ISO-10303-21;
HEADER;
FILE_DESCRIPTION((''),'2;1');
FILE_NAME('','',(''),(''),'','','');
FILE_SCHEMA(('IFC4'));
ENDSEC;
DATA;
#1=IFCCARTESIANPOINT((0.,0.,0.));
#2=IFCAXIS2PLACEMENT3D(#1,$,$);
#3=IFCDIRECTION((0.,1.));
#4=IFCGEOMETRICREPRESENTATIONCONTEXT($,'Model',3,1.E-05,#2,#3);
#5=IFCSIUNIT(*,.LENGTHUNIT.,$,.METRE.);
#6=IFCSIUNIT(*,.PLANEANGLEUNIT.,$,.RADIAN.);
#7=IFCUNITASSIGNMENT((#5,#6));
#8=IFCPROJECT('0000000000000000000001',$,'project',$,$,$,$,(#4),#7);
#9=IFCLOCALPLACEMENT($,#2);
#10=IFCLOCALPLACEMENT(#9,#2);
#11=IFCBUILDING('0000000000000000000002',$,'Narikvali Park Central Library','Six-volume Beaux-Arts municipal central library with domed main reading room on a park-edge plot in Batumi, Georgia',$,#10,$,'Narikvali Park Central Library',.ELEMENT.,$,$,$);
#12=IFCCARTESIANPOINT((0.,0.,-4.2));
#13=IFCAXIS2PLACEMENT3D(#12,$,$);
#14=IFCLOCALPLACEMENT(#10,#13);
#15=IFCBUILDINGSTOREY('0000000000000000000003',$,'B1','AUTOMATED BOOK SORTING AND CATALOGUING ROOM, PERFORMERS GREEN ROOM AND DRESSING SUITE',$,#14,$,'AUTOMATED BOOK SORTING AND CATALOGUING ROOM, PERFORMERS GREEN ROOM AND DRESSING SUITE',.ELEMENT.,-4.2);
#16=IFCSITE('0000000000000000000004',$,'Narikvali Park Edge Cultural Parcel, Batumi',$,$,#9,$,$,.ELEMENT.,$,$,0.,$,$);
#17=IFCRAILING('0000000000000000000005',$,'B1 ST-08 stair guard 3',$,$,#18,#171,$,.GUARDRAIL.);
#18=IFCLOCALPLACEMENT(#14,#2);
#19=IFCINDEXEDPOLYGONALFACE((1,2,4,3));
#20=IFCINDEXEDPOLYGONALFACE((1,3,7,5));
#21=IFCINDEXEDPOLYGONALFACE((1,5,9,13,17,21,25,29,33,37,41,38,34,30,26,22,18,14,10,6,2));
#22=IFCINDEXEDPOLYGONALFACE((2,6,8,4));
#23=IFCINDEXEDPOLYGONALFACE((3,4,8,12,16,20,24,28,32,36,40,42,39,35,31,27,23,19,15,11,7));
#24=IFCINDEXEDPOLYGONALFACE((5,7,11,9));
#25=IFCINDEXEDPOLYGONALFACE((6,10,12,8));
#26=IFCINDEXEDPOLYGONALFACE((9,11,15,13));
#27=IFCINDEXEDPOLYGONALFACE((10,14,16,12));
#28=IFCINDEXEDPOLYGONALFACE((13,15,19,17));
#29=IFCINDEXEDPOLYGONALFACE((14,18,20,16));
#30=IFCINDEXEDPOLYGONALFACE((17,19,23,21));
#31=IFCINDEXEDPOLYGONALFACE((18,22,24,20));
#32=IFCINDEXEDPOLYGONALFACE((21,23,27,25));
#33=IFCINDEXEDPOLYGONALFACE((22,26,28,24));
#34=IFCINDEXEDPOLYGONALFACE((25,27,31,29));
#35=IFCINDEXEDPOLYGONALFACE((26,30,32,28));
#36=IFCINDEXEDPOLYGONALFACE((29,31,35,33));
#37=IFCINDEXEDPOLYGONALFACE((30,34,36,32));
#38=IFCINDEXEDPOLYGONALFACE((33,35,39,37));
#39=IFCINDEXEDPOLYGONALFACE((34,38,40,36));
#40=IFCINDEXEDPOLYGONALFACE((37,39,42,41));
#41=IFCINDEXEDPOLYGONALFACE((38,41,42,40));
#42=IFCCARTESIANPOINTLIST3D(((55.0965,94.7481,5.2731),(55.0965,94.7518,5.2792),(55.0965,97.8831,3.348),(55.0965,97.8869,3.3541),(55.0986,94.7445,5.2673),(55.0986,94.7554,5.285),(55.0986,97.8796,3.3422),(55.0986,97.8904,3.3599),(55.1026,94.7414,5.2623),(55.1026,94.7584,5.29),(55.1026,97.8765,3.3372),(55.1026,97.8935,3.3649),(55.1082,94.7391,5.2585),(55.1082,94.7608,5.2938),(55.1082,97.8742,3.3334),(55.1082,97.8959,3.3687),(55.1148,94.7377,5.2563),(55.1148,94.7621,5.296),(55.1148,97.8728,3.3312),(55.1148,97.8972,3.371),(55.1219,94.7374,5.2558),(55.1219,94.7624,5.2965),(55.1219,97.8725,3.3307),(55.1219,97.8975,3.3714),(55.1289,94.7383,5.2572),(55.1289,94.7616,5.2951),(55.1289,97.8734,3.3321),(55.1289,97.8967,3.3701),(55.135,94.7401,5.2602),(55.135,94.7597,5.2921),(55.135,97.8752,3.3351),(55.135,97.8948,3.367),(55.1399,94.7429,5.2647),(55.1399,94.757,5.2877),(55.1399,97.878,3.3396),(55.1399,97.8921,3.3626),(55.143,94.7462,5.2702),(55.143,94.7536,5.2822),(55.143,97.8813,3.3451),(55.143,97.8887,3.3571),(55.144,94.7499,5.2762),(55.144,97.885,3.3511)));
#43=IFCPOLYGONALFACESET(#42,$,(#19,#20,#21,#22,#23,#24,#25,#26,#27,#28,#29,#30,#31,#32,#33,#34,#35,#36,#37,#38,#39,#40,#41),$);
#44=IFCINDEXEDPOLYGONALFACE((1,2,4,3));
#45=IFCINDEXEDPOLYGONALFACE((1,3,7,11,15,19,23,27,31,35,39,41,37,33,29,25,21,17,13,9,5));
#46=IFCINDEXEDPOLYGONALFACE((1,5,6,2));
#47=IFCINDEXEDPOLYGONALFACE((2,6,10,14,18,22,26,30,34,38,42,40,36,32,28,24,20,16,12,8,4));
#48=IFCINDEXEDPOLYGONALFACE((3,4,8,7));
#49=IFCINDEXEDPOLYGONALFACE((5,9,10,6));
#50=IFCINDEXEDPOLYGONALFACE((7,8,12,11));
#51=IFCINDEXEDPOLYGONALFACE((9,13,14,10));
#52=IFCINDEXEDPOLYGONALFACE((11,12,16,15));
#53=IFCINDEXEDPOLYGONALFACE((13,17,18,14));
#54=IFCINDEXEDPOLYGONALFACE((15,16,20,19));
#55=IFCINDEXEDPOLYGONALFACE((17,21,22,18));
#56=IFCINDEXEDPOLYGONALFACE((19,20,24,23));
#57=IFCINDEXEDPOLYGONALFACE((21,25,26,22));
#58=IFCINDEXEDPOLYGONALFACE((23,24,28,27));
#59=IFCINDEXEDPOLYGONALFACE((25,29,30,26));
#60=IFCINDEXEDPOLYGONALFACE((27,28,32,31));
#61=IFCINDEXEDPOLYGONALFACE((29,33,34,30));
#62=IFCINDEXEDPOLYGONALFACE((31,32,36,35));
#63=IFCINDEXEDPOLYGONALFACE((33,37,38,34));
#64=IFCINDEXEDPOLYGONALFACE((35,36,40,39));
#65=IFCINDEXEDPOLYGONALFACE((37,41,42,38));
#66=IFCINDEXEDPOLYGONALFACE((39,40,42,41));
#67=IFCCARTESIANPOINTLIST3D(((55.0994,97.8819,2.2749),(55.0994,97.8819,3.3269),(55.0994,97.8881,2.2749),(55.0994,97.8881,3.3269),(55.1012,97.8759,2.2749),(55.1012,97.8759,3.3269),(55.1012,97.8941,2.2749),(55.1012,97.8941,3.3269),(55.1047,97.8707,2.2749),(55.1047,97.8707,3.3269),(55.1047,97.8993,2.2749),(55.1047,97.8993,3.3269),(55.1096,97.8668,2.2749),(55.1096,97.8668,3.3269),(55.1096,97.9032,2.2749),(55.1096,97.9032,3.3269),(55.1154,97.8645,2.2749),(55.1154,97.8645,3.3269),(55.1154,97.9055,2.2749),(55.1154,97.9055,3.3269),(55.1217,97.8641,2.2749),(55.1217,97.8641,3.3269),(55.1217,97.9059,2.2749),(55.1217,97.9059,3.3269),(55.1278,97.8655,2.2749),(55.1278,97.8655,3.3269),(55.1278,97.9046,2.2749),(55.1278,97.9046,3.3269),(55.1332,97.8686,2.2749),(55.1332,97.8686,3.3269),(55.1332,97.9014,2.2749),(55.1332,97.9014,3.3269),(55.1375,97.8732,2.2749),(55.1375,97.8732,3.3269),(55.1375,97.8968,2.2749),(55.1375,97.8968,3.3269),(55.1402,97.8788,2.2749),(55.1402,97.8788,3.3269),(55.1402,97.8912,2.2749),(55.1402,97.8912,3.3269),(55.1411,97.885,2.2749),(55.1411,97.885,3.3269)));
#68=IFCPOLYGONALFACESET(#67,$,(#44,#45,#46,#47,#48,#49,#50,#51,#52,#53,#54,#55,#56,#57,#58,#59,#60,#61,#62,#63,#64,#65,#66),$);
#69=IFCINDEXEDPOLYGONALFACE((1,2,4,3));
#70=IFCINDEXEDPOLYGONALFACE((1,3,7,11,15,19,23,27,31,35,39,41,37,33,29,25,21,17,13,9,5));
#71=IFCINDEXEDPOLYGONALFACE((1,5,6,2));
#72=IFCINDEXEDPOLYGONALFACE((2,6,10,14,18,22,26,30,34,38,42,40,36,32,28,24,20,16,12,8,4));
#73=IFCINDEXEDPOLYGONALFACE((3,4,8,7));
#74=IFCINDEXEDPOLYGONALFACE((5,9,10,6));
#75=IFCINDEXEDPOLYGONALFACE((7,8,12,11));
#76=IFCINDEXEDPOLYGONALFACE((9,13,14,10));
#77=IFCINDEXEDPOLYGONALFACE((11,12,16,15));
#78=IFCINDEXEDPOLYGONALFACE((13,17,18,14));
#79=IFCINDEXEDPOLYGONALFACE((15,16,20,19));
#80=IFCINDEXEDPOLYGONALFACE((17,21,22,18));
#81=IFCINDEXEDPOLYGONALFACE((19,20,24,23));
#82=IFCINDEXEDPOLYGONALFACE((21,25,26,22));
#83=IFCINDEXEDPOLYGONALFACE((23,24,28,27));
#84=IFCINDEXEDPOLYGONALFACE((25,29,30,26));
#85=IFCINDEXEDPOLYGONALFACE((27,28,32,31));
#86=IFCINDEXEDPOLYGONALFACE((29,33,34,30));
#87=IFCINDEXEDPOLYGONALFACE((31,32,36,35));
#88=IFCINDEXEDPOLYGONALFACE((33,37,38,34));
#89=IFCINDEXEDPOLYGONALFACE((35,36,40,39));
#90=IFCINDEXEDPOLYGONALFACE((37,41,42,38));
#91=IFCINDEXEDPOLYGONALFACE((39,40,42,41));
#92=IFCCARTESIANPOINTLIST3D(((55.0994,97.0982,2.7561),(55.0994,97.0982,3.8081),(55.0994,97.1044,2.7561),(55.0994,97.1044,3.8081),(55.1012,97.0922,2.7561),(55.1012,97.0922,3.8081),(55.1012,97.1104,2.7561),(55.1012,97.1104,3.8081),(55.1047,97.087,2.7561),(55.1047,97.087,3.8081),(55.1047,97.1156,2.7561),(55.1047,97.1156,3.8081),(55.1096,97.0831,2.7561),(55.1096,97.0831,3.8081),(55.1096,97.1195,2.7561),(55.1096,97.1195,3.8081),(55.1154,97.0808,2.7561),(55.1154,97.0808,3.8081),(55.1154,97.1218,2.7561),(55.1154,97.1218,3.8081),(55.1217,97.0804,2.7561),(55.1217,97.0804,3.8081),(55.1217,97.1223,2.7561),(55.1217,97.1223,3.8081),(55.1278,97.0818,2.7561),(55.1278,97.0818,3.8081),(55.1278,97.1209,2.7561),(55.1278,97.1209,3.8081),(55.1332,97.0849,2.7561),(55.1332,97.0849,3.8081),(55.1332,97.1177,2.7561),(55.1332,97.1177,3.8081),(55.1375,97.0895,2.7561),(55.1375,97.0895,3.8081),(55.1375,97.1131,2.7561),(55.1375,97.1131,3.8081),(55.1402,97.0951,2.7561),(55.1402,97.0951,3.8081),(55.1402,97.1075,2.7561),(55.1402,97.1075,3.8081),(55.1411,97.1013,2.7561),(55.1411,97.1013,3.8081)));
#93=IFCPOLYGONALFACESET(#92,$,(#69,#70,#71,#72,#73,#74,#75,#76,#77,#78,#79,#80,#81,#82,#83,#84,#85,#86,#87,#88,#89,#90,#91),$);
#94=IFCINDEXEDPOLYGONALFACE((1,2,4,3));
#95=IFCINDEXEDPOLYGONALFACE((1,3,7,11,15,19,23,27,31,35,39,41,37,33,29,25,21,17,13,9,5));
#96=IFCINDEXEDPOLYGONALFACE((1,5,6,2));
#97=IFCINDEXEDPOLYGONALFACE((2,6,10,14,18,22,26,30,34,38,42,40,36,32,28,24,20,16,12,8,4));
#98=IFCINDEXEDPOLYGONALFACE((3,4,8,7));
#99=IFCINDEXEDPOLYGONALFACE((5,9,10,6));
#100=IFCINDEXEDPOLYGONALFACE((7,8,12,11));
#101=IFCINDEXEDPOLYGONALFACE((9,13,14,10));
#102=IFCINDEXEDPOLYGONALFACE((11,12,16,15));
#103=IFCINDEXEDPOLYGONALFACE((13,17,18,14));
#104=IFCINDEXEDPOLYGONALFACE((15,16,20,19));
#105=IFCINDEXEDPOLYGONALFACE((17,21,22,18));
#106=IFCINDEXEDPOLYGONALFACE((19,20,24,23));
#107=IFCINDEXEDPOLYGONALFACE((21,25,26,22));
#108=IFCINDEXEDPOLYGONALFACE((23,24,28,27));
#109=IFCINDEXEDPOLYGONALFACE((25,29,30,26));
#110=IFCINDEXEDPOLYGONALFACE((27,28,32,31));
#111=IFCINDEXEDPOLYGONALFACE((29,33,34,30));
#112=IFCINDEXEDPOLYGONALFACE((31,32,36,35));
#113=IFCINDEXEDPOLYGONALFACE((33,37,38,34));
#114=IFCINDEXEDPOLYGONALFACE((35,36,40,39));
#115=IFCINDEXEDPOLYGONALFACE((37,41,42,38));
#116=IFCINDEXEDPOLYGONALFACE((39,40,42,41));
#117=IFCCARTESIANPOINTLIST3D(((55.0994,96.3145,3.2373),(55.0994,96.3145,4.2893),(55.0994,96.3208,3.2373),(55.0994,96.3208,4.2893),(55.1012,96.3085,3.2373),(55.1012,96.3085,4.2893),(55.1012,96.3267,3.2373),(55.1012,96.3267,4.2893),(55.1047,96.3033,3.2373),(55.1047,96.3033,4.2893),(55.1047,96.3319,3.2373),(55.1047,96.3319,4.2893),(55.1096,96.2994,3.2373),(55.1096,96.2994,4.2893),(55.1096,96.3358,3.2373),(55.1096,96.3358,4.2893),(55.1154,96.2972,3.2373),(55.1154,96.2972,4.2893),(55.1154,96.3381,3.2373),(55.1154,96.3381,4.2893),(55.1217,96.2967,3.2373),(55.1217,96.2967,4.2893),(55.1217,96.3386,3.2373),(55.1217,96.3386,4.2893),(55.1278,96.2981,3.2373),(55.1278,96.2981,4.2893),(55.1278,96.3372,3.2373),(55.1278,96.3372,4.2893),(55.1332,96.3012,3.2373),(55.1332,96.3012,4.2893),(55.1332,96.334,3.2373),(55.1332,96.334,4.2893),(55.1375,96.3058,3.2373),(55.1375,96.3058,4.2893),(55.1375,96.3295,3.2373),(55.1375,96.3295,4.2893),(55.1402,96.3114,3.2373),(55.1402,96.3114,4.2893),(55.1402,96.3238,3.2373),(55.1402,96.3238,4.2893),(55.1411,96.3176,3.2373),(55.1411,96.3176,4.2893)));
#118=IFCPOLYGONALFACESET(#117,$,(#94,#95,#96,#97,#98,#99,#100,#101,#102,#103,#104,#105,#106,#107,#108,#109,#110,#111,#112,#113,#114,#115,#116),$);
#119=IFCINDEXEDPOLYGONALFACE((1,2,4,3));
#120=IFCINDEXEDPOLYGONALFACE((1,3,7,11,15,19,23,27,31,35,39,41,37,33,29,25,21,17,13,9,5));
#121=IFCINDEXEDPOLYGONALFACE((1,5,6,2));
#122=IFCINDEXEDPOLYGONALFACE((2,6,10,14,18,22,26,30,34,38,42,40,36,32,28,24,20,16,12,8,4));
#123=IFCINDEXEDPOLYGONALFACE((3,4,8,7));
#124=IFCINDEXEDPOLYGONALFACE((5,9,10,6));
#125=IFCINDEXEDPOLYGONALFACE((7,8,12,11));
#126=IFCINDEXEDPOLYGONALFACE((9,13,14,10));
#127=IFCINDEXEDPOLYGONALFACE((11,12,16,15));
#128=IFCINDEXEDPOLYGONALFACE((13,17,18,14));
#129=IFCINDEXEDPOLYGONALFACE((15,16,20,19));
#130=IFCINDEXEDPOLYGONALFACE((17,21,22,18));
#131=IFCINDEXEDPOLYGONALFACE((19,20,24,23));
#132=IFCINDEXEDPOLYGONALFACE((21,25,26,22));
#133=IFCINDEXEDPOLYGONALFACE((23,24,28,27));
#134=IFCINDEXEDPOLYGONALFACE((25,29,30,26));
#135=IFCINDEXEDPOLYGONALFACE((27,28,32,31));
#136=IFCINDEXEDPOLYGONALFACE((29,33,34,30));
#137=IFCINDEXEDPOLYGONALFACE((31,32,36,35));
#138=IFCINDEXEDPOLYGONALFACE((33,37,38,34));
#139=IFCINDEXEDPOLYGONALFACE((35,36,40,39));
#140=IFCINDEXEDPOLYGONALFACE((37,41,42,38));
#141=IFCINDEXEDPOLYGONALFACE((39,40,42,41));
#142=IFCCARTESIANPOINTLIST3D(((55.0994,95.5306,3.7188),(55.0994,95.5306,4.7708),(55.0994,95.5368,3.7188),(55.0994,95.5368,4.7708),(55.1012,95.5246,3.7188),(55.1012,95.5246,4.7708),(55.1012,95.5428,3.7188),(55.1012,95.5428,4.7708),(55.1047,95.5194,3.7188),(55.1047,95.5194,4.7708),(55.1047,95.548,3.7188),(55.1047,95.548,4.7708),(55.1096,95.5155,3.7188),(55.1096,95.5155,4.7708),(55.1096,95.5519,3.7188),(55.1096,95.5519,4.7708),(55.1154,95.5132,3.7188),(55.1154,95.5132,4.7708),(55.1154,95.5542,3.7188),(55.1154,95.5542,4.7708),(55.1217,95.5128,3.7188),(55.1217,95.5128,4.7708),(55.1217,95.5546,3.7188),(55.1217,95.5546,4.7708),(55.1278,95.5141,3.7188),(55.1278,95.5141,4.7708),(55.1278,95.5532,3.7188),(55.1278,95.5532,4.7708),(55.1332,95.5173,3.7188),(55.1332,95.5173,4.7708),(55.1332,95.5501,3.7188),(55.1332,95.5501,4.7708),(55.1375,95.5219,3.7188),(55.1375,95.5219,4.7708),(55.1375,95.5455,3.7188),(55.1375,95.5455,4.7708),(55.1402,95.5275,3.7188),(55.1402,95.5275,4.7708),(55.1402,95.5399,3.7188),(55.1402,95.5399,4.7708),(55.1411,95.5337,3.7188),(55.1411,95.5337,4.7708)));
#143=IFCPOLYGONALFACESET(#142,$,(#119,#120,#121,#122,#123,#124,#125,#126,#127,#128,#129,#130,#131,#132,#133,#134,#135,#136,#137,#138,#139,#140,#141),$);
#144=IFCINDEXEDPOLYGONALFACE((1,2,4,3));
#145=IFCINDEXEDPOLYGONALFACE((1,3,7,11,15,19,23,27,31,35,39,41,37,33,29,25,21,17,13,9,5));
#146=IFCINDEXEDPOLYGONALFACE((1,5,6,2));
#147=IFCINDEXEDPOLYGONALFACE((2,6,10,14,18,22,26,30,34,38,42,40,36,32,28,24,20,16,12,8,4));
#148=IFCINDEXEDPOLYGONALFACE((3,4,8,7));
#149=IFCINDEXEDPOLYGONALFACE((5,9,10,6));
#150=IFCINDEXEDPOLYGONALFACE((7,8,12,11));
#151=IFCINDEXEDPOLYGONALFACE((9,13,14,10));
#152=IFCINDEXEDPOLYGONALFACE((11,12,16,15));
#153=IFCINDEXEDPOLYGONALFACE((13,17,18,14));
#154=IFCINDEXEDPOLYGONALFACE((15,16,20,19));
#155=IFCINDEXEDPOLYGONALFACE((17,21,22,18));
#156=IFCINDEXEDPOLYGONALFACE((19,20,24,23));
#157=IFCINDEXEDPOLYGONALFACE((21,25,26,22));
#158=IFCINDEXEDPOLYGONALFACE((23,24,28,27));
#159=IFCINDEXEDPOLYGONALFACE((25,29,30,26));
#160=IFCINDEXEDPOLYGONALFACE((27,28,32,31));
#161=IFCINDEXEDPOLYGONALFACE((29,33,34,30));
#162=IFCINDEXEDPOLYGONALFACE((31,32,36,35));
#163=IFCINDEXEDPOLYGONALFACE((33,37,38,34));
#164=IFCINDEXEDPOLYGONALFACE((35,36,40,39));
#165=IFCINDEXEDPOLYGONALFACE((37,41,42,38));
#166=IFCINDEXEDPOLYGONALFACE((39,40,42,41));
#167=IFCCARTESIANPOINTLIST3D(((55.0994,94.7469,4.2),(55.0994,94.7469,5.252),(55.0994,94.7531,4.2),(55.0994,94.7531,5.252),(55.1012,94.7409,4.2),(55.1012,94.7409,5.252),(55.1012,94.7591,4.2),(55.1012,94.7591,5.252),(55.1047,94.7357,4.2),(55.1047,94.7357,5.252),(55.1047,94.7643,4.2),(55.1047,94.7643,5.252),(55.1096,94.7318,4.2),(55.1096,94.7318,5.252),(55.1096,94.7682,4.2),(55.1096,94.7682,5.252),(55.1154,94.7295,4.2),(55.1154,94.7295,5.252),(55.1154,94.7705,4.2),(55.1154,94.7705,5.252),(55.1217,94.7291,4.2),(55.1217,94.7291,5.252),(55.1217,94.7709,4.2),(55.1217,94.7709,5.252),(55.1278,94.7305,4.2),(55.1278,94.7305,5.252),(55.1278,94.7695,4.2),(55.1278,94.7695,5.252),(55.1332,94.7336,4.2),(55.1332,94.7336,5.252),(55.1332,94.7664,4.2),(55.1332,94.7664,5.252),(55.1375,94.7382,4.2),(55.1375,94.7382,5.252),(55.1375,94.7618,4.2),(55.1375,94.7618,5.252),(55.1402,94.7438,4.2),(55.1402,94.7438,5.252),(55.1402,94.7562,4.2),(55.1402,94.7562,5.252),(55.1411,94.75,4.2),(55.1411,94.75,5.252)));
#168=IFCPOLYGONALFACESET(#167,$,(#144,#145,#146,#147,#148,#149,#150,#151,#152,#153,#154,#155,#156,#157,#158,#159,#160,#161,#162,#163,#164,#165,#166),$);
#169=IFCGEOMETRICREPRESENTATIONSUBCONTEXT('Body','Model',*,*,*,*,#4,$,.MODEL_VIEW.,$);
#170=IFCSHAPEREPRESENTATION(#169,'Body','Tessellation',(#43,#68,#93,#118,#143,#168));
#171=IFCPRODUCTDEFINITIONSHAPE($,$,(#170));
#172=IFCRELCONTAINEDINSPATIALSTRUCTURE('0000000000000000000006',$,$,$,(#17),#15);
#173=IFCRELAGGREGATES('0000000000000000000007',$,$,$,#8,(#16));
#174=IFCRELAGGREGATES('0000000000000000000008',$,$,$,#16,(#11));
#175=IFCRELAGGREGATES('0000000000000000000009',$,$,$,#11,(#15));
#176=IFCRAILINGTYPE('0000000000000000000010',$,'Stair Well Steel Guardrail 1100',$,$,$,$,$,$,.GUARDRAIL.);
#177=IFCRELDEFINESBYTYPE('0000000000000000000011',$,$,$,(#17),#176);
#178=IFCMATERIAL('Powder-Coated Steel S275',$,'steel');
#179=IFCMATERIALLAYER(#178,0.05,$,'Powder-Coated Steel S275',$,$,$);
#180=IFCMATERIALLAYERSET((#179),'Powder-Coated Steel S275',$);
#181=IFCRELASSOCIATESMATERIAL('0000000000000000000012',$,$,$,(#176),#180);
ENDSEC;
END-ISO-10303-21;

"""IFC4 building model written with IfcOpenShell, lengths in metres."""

from ifc_helpers import new_model, si_unit, direction, frame, origin, origin_2d, place, context, subcontext, project, spatial, circle, extrude, material, layer, layer_set, type_object, element, save


model = new_model("IFC4")

# Units and contexts
model_context = context("Model", 3, precision=1e-05, world=origin(), true_north=direction((0.0, 1.0)))
body_context = subcontext(model_context, "Body", "Model", "MODEL_VIEW")
ifc_project = project(units=[si_unit("LENGTHUNIT", "METRE"), si_unit("PLANEANGLEUNIT", "RADIAN")], contexts=[model_context])

# Site, building, storey
site_placement = place(None, origin())
site = spatial("IfcSite", under=ifc_project, at=site_placement, Name="Narikvali Park Edge Cultural Parcel, Batumi", CompositionType="ELEMENT", RefElevation=0.0)
building_placement = place(site_placement, origin())
building = spatial("IfcBuilding", under=site, at=building_placement, Name="Narikvali Park Central Library", Description="Six-volume Beaux-Arts municipal central library with domed main reading room on a park-edge plot in Batumi, Georgia", LongName="Narikvali Park Central Library", CompositionType="ELEMENT")
storey_placement = place(building_placement, frame((0.0, 0.0, -4.2)))
storey = spatial("IfcBuildingStorey", under=building, at=storey_placement, Name="B1", Description="AUTOMATED BOOK SORTING AND CATALOGUING ROOM, PERFORMERS GREEN ROOM AND DRESSING SUITE", LongName="AUTOMATED BOOK SORTING AND CATALOGUING ROOM, PERFORMERS GREEN ROOM AND DRESSING SUITE", CompositionType="ELEMENT", Elevation=-4.2)

# Railing
ifc_material_1 = material(Name="Powder-Coated Steel S275", Category="steel")
ifc_layer_1 = layer(ifc_material_1, 0.05, Name="Powder-Coated Steel S275")
ifc_layer_set_1 = layer_set([ifc_layer_1], Name="Powder-Coated Steel S275")
railing_type_1 = type_object("IfcRailingType", Name="Stair Well Steel Guardrail 1100", PredefinedType="GUARDRAIL", material=ifc_layer_set_1)
railing_1_placement = place(storey_placement, frame((55.1201, 97.885, 2.2749)))
element("IfcRailing", 1, at=railing_1_placement, inside=storey, type_object=railing_type_1, Name="B1 ST-08 stair guard 3", PredefinedType="GUARDRAIL", context=body_context, shape_type="SweptSolid", body=[
    extrude(circle(Radius=0.0239, at=origin_2d()), frame((0.0, 0.0, 1.0762), z_axis=(0.0, -0.852166, 0.523271), x_axis=(1.0, 0.0, 0.0)), (0.0, 0.0, 1.0), 3.679),
    extrude(circle(Radius=0.021, at=origin_2d()), origin(), (0.0, 0.0, 1.0), 1.052),
    extrude(circle(Radius=0.021, at=origin_2d()), frame((0.0, -0.7837, 0.4812)), (0.0, 0.0, 1.0), 1.052),
    extrude(circle(Radius=0.021, at=origin_2d()), frame((0.0, -1.5674, 0.9624)), (0.0, 0.0, 1.0), 1.052),
    extrude(circle(Radius=0.021, at=origin_2d()), frame((0.0, -2.3513, 1.4438)), (0.0, 0.0, 1.0), 1.052),
    extrude(circle(Radius=0.021, at=origin_2d()), frame((0.0, -3.135, 1.925)), (0.0, 0.0, 1.0), 1.052),
])

save(model, "model.ifc")
